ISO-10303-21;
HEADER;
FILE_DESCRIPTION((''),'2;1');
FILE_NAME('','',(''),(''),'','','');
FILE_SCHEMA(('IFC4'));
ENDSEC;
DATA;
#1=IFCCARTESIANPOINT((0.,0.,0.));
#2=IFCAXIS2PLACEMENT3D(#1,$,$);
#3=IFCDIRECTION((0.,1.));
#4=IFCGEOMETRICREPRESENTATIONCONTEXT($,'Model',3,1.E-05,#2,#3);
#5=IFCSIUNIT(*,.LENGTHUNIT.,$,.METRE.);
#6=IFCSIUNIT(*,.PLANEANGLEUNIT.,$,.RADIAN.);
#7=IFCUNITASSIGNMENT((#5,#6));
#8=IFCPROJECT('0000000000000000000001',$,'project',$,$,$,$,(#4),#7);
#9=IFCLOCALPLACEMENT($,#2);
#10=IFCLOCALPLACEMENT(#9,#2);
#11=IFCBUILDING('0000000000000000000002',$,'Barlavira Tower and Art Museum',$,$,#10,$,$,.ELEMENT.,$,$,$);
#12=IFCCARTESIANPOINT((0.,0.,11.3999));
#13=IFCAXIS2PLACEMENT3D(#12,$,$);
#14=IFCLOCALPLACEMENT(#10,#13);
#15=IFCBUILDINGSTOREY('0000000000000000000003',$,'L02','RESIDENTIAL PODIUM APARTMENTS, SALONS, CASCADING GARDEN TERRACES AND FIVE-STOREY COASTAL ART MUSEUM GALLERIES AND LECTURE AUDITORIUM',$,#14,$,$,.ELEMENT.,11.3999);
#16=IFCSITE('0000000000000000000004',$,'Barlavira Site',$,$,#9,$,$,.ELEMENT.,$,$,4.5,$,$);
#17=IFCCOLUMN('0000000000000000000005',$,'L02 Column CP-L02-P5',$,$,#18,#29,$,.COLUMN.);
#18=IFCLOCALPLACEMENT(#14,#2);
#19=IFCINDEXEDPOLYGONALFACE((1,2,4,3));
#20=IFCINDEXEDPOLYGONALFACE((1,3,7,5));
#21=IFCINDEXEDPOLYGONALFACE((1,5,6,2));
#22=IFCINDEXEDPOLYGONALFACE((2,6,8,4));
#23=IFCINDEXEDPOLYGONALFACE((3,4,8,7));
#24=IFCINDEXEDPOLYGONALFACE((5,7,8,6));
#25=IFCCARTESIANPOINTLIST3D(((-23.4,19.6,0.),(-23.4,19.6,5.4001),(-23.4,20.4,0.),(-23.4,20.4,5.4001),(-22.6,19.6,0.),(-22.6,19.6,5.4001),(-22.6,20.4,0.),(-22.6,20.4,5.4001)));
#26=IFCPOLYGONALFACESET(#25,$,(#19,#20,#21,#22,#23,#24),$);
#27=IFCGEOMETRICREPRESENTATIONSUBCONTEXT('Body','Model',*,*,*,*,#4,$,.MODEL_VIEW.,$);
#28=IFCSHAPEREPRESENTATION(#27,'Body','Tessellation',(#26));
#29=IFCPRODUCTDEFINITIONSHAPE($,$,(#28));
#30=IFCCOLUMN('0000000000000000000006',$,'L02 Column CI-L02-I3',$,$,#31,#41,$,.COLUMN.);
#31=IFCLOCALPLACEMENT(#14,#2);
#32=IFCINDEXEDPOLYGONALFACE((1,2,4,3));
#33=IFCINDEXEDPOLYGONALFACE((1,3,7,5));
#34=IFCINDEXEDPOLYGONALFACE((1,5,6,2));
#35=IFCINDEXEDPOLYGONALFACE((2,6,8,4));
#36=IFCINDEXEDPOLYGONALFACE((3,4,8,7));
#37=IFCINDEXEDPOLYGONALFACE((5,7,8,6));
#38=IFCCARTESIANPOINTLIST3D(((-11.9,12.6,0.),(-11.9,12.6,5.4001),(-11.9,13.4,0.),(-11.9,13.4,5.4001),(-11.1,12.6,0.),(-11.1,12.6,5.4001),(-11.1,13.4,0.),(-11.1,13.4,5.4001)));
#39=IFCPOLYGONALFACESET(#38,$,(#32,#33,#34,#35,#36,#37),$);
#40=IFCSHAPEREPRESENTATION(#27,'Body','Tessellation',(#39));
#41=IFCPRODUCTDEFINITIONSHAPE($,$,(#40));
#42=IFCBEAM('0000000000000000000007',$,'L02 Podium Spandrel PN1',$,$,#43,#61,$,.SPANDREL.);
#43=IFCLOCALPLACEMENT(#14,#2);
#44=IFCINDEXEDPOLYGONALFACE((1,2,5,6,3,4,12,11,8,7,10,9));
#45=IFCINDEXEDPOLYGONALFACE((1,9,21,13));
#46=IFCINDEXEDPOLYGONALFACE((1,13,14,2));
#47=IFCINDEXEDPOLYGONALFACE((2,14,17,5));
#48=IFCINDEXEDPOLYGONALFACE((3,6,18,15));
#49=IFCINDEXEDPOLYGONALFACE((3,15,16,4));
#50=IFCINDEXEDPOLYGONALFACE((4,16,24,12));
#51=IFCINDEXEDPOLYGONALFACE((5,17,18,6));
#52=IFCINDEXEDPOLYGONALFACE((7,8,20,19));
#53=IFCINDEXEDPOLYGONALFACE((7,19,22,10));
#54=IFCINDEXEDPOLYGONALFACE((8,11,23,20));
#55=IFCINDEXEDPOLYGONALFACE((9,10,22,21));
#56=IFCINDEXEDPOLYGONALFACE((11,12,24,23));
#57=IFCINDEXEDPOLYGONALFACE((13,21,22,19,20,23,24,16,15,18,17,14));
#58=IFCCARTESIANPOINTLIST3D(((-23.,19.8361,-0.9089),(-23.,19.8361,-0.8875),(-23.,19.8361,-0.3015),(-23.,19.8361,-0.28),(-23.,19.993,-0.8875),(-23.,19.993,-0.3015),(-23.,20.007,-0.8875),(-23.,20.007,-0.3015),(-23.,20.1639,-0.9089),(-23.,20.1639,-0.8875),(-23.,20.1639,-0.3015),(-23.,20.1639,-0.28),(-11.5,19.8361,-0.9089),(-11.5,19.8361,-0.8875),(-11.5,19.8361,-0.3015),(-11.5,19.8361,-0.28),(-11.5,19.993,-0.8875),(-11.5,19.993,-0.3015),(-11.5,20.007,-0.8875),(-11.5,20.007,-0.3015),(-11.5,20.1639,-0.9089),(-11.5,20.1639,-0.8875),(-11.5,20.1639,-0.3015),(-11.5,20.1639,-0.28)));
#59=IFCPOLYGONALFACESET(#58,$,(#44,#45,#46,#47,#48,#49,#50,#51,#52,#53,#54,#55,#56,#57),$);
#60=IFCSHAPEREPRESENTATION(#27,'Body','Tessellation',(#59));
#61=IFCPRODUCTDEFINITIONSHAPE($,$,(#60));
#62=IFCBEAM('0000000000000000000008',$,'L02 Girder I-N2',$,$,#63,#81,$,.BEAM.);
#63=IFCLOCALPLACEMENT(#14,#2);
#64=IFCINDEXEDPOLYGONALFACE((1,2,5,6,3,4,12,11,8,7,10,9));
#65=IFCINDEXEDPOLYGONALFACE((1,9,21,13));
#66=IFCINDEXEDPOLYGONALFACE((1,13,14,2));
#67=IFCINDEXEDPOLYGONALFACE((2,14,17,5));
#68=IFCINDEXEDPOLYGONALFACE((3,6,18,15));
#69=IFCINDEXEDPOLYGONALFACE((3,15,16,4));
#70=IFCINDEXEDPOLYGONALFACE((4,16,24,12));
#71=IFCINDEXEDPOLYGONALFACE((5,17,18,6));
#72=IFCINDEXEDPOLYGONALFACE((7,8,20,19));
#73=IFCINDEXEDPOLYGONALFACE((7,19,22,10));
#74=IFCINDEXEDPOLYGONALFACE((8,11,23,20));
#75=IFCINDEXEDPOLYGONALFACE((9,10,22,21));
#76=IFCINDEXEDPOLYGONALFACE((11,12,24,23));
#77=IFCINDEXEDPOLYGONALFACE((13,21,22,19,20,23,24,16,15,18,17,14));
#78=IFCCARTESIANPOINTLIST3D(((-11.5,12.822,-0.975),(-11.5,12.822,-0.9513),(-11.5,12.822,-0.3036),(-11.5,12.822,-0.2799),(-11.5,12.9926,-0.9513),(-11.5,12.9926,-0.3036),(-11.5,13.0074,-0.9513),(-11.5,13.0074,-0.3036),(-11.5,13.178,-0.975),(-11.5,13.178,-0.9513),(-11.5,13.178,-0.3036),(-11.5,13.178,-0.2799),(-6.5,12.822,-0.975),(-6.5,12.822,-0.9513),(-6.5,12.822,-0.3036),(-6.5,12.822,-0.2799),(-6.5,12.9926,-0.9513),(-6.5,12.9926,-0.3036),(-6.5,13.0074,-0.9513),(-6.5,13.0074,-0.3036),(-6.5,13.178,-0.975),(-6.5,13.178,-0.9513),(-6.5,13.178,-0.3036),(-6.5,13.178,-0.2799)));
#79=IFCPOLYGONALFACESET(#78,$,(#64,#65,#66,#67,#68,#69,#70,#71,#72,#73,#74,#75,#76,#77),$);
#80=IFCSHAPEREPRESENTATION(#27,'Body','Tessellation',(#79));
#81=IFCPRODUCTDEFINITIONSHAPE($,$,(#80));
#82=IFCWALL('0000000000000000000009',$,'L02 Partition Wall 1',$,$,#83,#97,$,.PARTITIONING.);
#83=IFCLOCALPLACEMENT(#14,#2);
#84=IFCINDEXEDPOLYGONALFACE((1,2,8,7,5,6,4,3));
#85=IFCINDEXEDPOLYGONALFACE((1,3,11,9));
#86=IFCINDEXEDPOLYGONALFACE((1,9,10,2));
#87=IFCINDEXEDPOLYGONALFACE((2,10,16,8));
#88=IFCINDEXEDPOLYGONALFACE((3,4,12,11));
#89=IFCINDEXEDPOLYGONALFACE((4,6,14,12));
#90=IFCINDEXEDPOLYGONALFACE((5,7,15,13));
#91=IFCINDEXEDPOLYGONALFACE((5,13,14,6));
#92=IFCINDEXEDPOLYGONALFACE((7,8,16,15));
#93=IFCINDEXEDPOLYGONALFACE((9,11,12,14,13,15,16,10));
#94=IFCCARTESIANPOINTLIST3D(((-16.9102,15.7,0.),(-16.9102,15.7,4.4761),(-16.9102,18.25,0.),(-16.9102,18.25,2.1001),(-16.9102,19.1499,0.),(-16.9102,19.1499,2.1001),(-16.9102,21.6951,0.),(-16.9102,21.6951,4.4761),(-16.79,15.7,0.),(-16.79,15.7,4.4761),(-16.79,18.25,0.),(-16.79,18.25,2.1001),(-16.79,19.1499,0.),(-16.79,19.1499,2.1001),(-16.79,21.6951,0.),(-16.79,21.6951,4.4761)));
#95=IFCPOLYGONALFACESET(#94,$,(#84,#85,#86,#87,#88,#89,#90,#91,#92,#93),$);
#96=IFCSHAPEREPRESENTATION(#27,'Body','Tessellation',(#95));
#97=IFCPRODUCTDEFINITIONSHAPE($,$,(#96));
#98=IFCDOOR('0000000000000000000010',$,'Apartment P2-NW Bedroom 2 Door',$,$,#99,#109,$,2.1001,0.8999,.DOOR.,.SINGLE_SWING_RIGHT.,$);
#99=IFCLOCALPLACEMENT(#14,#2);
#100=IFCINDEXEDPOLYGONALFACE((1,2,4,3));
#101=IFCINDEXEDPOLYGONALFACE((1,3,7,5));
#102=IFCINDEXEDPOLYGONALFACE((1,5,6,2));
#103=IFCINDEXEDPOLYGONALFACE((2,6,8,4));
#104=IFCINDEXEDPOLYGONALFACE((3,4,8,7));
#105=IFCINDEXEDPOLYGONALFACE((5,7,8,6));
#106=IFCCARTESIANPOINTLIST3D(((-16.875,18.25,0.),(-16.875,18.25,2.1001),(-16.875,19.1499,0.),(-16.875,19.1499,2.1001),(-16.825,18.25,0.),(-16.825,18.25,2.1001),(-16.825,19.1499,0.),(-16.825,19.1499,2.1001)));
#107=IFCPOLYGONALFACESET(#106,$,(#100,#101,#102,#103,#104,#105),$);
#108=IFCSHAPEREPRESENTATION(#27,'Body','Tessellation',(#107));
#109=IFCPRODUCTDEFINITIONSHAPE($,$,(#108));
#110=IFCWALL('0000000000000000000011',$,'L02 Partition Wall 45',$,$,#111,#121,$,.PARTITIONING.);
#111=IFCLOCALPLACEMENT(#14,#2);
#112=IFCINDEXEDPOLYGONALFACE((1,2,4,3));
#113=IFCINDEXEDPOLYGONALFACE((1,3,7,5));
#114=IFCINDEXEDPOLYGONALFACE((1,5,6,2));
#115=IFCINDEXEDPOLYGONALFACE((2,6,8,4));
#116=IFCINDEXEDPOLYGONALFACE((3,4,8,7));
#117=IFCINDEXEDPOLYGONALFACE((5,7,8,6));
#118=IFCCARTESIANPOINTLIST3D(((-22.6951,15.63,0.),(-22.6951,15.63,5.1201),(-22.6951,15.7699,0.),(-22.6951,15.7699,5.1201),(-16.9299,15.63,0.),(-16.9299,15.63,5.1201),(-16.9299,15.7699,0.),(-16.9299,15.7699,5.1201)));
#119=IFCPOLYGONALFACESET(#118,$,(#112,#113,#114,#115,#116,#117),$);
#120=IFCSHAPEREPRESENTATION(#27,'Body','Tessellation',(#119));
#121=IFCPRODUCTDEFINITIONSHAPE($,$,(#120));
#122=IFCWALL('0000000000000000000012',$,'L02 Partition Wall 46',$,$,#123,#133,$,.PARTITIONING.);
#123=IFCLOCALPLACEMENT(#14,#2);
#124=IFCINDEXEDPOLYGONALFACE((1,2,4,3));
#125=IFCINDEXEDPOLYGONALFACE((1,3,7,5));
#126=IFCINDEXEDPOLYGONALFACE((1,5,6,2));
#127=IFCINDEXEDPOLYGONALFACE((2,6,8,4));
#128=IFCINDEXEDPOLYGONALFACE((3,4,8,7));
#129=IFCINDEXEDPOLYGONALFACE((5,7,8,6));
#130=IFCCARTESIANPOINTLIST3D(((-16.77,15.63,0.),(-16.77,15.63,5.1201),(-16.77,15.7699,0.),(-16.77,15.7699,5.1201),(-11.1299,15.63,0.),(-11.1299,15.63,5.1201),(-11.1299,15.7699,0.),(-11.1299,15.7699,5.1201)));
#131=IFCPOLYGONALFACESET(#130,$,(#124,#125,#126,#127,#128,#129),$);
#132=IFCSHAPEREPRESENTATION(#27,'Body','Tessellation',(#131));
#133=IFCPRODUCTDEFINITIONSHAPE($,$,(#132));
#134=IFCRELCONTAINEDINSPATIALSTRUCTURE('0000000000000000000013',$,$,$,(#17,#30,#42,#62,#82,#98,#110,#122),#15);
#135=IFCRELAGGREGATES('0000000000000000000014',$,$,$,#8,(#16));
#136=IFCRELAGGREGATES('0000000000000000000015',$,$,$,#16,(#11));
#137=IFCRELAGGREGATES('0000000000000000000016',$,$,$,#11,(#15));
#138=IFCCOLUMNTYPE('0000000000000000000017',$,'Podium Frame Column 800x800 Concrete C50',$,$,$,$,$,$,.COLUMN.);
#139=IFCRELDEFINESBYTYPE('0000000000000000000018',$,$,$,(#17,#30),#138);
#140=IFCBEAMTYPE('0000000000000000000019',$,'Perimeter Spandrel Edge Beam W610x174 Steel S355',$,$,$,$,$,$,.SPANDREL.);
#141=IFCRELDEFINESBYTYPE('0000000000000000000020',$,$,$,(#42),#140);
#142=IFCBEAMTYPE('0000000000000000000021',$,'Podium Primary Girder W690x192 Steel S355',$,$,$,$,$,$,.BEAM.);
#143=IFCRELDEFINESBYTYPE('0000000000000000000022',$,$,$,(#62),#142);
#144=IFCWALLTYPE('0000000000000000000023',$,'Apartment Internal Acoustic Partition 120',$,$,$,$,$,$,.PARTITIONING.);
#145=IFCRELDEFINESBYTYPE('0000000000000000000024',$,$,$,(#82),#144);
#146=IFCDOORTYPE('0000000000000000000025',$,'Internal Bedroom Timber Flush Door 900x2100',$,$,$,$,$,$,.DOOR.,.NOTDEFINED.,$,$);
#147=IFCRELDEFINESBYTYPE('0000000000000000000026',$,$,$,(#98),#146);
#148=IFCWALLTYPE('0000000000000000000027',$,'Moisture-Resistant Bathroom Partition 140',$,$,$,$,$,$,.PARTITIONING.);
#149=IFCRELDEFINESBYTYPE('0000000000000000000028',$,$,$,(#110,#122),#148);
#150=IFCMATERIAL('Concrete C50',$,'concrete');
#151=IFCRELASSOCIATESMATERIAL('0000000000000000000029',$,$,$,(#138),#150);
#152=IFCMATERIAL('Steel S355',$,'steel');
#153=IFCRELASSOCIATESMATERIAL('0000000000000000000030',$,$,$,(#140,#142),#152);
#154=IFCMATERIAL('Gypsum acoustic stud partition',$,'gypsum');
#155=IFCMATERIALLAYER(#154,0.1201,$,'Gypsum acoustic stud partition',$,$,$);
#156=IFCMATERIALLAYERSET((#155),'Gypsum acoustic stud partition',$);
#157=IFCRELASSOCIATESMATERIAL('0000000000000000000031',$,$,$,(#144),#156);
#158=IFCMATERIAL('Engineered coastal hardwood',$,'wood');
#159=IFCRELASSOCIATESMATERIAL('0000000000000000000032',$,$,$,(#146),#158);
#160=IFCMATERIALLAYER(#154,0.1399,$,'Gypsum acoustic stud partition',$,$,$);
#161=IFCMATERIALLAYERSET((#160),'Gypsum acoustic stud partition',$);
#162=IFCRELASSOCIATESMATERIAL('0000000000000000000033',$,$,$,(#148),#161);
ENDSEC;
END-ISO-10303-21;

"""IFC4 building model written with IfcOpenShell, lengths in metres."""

from ifc_helpers import new_model, si_unit, direction, frame, frame_2d, origin, origin_2d, place, context, subcontext, project, spatial, rectangle, i_section, extrude, material, layer, layer_set, material_profile, profile_set, type_object, element, fill, save


model = new_model("IFC4")

# Units and contexts
model_context = context("Model", 3, precision=1e-05, world=origin(), true_north=direction((0.0, 1.0)))
body_context = subcontext(model_context, "Body", "Model", "MODEL_VIEW")
ifc_project = project(units=[si_unit("LENGTHUNIT", "METRE"), si_unit("PLANEANGLEUNIT", "RADIAN")], contexts=[model_context])

# Site, building, storey
site_placement = place(None, origin())
site = spatial("IfcSite", under=ifc_project, at=site_placement, Name="Barlavira Site", CompositionType="ELEMENT", RefElevation=4.5)
building_placement = place(site_placement, origin())
building = spatial("IfcBuilding", under=site, at=building_placement, Name="Barlavira Tower and Art Museum", CompositionType="ELEMENT")
storey_placement = place(building_placement, frame((0.0, 0.0, 11.3999)))
storey = spatial("IfcBuildingStorey", under=building, at=storey_placement, Name="L02", Description="RESIDENTIAL PODIUM APARTMENTS, SALONS, CASCADING GARDEN TERRACES AND FIVE-STOREY COASTAL ART MUSEUM GALLERIES AND LECTURE AUDITORIUM", CompositionType="ELEMENT", Elevation=11.3999)

# Columns
ifc_material_1 = material(Name="Concrete C50", Category="concrete")
ifc_material_profile_1 = material_profile(ifc_material_1, rectangle(XDim=0.8, YDim=0.8, at=origin_2d()), Name="RC-COL 800x800")
ifc_profile_set_1 = profile_set([ifc_material_profile_1], Name="Concrete C50")
column_type = type_object("IfcColumnType", Name="Podium Frame Column 800x800 Concrete C50", PredefinedType="COLUMN", material=ifc_profile_set_1)
for number, where, z_axis, x_axis, name in (
    (1, (-23.0, 20.0, 0.0), (0.0, 0.0, 1.0), (1.0, 0.0, 0.0), "L02 Column CP-L02-P5"),
    (2, (-11.5, 13.0, 0.0), (0.0, 0.0, 1.0), (1.0, 0.0, 0.0), "L02 Column CI-L02-I3"),
):
    element("IfcColumn", number, at=place(storey_placement, frame(where, z_axis=z_axis, x_axis=x_axis)), inside=storey, type_object=column_type, Name=name, PredefinedType="COLUMN", context=body_context, shape_type="SweptSolid", body=[
        extrude(rectangle(XDim=0.8, YDim=0.8, at=origin_2d()), origin(), (0.0, 0.0, 1.0), 5.4001),
    ])

# Beams
ifc_material_2 = material(Name="Steel S355", Category="steel")
ifc_material_profile_2 = material_profile(ifc_material_2, i_section(OverallWidth=0.3279, OverallDepth=0.6289, WebThickness=0.0139, FlangeThickness=0.0215, at=origin_2d()), Name="W610x174.0")
ifc_profile_set_2 = profile_set([ifc_material_profile_2], Name="Steel S355")
beam_type_1 = type_object("IfcBeamType", Name="Perimeter Spandrel Edge Beam W610x174 Steel S355", PredefinedType="SPANDREL", material=ifc_profile_set_2)
beam_1_placement = place(storey_placement, frame((-23.0, 20.0, -0.5945), z_axis=(1.0, 0.0, 0.0), x_axis=(0.0, 1.0, 0.0)))
element("IfcBeam", 3, at=beam_1_placement, inside=storey, type_object=beam_type_1, Name="L02 Podium Spandrel PN1", PredefinedType="SPANDREL", context=body_context, shape_type="SweptSolid", body=[
    extrude(i_section(OverallWidth=0.3279, OverallDepth=0.6289, WebThickness=0.0139, FlangeThickness=0.0215, at=origin_2d()), origin(), (0.0, 0.0, 1.0), 11.5),
])
ifc_material_profile_3 = material_profile(ifc_material_2, i_section(OverallWidth=0.356, OverallDepth=0.6951, WebThickness=0.0149, FlangeThickness=0.0237, at=origin_2d()), Name="W690x192.0")
ifc_profile_set_3 = profile_set([ifc_material_profile_3], Name="Steel S355")
beam_type_2 = type_object("IfcBeamType", Name="Podium Primary Girder W690x192 Steel S355", PredefinedType="BEAM", material=ifc_profile_set_3)
beam_2_placement = place(storey_placement, frame((-11.5, 13.0, -0.6274), z_axis=(1.0, 0.0, 0.0), x_axis=(0.0, 1.0, 0.0)))
element("IfcBeam", 4, at=beam_2_placement, inside=storey, type_object=beam_type_2, Name="L02 Girder I-N2", PredefinedType="BEAM", context=body_context, shape_type="SweptSolid", body=[
    extrude(i_section(OverallWidth=0.356, OverallDepth=0.6951, WebThickness=0.0149, FlangeThickness=0.0237, at=origin_2d()), origin(), (0.0, 0.0, 1.0), 5.0),
])

# Wall, opening, door
ifc_material_3 = material(Name="Gypsum acoustic stud partition", Category="gypsum")
ifc_layer_1 = layer(ifc_material_3, 0.1201, Name="Gypsum acoustic stud partition")
ifc_layer_set_1 = layer_set([ifc_layer_1], Name="Gypsum acoustic stud partition")
wall_type_1 = type_object("IfcWallType", Name="Apartment Internal Acoustic Partition 120", PredefinedType="PARTITIONING", material=ifc_layer_set_1)
wall_1_placement = place(storey_placement, frame((-16.8501, 15.7, 0.0), z_axis=(0.0, 0.0, 1.0), x_axis=(0.0, 1.0, 0.0)))
wall_1 = element("IfcWall", 5, at=wall_1_placement, inside=storey, type_object=wall_type_1, Name="L02 Partition Wall 1", PredefinedType="PARTITIONING", context=body_context, shape_type="SweptSolid", body=[
    extrude(rectangle(XDim=5.9951, YDim=0.1201, at=frame_2d((2.9976, 0.0))), origin(), (0.0, 0.0, 1.0), 4.4761),
])
opening_placement = place(wall_1_placement, frame((2.55, 0.0, 0.0)))
opening = element("IfcOpeningElement", 6, at=opening_placement, cuts=wall_1, PredefinedType="OPENING", context=body_context, shape_type="SweptSolid", body=[
    extrude(rectangle(XDim=0.8999, YDim=2.1001, at=frame_2d((0.45, 1.05))), frame((0.0, 0.0701, 0.0), z_axis=(0.0, -1.0, 0.0), x_axis=(1.0, 0.0, 0.0)), (0.0, 0.0, 1.0), 0.1401),
])
ifc_material_4 = material(Name="Engineered coastal hardwood", Category="wood")
door_type = type_object("IfcDoorType", Name="Internal Bedroom Timber Flush Door 900x2100", OperationType="NOTDEFINED", PredefinedType="DOOR", material=ifc_material_4)
door_placement = place(opening_placement, origin())
door = element("IfcDoor", 7, at=door_placement, inside=storey, type_object=door_type, Name="Apartment P2-NW Bedroom 2 Door", OperationType="SINGLE_SWING_RIGHT", OverallHeight=2.1001, OverallWidth=0.8999, PredefinedType="DOOR", context=body_context, shape_type="SweptSolid", body=[
    extrude(rectangle(XDim=0.8999, YDim=2.1001, at=frame_2d((0.45, 1.05))), frame((0.0, 0.0249, 0.0), z_axis=(0.0, -1.0, 0.0), x_axis=(1.0, 0.0, 0.0)), (0.0, 0.0, 1.0), 0.05),
])
fill(opening, door)

# Walls
ifc_layer_2 = layer(ifc_material_3, 0.1399, Name="Gypsum acoustic stud partition")
ifc_layer_set_2 = layer_set([ifc_layer_2], Name="Gypsum acoustic stud partition")
wall_type_2 = type_object("IfcWallType", Name="Moisture-Resistant Bathroom Partition 140", PredefinedType="PARTITIONING", material=ifc_layer_set_2)
wall_2_placement = place(storey_placement, frame((-22.6951, 15.7, 0.0), z_axis=(0.0, 0.0, 1.0), x_axis=(1.0, 0.0, 0.0)))
element("IfcWall", 8, at=wall_2_placement, inside=storey, type_object=wall_type_2, Name="L02 Partition Wall 45", PredefinedType="PARTITIONING", context=body_context, shape_type="SweptSolid", body=[
    extrude(rectangle(XDim=5.7651, YDim=0.1399, at=frame_2d((2.8826, 0.0))), origin(), (0.0, 0.0, 1.0), 5.1201),
])
wall_3_placement = place(storey_placement, frame((-16.77, 15.7, 0.0), z_axis=(0.0, 0.0, 1.0), x_axis=(1.0, 0.0, 0.0)))
element("IfcWall", 9, at=wall_3_placement, inside=storey, type_object=wall_type_2, Name="L02 Partition Wall 46", PredefinedType="PARTITIONING", context=body_context, shape_type="SweptSolid", body=[
    extrude(rectangle(XDim=5.6401, YDim=0.1399, at=frame_2d((2.8201, 0.0))), origin(), (0.0, 0.0, 1.0), 5.1201),
])

save(model, "model.ifc")
